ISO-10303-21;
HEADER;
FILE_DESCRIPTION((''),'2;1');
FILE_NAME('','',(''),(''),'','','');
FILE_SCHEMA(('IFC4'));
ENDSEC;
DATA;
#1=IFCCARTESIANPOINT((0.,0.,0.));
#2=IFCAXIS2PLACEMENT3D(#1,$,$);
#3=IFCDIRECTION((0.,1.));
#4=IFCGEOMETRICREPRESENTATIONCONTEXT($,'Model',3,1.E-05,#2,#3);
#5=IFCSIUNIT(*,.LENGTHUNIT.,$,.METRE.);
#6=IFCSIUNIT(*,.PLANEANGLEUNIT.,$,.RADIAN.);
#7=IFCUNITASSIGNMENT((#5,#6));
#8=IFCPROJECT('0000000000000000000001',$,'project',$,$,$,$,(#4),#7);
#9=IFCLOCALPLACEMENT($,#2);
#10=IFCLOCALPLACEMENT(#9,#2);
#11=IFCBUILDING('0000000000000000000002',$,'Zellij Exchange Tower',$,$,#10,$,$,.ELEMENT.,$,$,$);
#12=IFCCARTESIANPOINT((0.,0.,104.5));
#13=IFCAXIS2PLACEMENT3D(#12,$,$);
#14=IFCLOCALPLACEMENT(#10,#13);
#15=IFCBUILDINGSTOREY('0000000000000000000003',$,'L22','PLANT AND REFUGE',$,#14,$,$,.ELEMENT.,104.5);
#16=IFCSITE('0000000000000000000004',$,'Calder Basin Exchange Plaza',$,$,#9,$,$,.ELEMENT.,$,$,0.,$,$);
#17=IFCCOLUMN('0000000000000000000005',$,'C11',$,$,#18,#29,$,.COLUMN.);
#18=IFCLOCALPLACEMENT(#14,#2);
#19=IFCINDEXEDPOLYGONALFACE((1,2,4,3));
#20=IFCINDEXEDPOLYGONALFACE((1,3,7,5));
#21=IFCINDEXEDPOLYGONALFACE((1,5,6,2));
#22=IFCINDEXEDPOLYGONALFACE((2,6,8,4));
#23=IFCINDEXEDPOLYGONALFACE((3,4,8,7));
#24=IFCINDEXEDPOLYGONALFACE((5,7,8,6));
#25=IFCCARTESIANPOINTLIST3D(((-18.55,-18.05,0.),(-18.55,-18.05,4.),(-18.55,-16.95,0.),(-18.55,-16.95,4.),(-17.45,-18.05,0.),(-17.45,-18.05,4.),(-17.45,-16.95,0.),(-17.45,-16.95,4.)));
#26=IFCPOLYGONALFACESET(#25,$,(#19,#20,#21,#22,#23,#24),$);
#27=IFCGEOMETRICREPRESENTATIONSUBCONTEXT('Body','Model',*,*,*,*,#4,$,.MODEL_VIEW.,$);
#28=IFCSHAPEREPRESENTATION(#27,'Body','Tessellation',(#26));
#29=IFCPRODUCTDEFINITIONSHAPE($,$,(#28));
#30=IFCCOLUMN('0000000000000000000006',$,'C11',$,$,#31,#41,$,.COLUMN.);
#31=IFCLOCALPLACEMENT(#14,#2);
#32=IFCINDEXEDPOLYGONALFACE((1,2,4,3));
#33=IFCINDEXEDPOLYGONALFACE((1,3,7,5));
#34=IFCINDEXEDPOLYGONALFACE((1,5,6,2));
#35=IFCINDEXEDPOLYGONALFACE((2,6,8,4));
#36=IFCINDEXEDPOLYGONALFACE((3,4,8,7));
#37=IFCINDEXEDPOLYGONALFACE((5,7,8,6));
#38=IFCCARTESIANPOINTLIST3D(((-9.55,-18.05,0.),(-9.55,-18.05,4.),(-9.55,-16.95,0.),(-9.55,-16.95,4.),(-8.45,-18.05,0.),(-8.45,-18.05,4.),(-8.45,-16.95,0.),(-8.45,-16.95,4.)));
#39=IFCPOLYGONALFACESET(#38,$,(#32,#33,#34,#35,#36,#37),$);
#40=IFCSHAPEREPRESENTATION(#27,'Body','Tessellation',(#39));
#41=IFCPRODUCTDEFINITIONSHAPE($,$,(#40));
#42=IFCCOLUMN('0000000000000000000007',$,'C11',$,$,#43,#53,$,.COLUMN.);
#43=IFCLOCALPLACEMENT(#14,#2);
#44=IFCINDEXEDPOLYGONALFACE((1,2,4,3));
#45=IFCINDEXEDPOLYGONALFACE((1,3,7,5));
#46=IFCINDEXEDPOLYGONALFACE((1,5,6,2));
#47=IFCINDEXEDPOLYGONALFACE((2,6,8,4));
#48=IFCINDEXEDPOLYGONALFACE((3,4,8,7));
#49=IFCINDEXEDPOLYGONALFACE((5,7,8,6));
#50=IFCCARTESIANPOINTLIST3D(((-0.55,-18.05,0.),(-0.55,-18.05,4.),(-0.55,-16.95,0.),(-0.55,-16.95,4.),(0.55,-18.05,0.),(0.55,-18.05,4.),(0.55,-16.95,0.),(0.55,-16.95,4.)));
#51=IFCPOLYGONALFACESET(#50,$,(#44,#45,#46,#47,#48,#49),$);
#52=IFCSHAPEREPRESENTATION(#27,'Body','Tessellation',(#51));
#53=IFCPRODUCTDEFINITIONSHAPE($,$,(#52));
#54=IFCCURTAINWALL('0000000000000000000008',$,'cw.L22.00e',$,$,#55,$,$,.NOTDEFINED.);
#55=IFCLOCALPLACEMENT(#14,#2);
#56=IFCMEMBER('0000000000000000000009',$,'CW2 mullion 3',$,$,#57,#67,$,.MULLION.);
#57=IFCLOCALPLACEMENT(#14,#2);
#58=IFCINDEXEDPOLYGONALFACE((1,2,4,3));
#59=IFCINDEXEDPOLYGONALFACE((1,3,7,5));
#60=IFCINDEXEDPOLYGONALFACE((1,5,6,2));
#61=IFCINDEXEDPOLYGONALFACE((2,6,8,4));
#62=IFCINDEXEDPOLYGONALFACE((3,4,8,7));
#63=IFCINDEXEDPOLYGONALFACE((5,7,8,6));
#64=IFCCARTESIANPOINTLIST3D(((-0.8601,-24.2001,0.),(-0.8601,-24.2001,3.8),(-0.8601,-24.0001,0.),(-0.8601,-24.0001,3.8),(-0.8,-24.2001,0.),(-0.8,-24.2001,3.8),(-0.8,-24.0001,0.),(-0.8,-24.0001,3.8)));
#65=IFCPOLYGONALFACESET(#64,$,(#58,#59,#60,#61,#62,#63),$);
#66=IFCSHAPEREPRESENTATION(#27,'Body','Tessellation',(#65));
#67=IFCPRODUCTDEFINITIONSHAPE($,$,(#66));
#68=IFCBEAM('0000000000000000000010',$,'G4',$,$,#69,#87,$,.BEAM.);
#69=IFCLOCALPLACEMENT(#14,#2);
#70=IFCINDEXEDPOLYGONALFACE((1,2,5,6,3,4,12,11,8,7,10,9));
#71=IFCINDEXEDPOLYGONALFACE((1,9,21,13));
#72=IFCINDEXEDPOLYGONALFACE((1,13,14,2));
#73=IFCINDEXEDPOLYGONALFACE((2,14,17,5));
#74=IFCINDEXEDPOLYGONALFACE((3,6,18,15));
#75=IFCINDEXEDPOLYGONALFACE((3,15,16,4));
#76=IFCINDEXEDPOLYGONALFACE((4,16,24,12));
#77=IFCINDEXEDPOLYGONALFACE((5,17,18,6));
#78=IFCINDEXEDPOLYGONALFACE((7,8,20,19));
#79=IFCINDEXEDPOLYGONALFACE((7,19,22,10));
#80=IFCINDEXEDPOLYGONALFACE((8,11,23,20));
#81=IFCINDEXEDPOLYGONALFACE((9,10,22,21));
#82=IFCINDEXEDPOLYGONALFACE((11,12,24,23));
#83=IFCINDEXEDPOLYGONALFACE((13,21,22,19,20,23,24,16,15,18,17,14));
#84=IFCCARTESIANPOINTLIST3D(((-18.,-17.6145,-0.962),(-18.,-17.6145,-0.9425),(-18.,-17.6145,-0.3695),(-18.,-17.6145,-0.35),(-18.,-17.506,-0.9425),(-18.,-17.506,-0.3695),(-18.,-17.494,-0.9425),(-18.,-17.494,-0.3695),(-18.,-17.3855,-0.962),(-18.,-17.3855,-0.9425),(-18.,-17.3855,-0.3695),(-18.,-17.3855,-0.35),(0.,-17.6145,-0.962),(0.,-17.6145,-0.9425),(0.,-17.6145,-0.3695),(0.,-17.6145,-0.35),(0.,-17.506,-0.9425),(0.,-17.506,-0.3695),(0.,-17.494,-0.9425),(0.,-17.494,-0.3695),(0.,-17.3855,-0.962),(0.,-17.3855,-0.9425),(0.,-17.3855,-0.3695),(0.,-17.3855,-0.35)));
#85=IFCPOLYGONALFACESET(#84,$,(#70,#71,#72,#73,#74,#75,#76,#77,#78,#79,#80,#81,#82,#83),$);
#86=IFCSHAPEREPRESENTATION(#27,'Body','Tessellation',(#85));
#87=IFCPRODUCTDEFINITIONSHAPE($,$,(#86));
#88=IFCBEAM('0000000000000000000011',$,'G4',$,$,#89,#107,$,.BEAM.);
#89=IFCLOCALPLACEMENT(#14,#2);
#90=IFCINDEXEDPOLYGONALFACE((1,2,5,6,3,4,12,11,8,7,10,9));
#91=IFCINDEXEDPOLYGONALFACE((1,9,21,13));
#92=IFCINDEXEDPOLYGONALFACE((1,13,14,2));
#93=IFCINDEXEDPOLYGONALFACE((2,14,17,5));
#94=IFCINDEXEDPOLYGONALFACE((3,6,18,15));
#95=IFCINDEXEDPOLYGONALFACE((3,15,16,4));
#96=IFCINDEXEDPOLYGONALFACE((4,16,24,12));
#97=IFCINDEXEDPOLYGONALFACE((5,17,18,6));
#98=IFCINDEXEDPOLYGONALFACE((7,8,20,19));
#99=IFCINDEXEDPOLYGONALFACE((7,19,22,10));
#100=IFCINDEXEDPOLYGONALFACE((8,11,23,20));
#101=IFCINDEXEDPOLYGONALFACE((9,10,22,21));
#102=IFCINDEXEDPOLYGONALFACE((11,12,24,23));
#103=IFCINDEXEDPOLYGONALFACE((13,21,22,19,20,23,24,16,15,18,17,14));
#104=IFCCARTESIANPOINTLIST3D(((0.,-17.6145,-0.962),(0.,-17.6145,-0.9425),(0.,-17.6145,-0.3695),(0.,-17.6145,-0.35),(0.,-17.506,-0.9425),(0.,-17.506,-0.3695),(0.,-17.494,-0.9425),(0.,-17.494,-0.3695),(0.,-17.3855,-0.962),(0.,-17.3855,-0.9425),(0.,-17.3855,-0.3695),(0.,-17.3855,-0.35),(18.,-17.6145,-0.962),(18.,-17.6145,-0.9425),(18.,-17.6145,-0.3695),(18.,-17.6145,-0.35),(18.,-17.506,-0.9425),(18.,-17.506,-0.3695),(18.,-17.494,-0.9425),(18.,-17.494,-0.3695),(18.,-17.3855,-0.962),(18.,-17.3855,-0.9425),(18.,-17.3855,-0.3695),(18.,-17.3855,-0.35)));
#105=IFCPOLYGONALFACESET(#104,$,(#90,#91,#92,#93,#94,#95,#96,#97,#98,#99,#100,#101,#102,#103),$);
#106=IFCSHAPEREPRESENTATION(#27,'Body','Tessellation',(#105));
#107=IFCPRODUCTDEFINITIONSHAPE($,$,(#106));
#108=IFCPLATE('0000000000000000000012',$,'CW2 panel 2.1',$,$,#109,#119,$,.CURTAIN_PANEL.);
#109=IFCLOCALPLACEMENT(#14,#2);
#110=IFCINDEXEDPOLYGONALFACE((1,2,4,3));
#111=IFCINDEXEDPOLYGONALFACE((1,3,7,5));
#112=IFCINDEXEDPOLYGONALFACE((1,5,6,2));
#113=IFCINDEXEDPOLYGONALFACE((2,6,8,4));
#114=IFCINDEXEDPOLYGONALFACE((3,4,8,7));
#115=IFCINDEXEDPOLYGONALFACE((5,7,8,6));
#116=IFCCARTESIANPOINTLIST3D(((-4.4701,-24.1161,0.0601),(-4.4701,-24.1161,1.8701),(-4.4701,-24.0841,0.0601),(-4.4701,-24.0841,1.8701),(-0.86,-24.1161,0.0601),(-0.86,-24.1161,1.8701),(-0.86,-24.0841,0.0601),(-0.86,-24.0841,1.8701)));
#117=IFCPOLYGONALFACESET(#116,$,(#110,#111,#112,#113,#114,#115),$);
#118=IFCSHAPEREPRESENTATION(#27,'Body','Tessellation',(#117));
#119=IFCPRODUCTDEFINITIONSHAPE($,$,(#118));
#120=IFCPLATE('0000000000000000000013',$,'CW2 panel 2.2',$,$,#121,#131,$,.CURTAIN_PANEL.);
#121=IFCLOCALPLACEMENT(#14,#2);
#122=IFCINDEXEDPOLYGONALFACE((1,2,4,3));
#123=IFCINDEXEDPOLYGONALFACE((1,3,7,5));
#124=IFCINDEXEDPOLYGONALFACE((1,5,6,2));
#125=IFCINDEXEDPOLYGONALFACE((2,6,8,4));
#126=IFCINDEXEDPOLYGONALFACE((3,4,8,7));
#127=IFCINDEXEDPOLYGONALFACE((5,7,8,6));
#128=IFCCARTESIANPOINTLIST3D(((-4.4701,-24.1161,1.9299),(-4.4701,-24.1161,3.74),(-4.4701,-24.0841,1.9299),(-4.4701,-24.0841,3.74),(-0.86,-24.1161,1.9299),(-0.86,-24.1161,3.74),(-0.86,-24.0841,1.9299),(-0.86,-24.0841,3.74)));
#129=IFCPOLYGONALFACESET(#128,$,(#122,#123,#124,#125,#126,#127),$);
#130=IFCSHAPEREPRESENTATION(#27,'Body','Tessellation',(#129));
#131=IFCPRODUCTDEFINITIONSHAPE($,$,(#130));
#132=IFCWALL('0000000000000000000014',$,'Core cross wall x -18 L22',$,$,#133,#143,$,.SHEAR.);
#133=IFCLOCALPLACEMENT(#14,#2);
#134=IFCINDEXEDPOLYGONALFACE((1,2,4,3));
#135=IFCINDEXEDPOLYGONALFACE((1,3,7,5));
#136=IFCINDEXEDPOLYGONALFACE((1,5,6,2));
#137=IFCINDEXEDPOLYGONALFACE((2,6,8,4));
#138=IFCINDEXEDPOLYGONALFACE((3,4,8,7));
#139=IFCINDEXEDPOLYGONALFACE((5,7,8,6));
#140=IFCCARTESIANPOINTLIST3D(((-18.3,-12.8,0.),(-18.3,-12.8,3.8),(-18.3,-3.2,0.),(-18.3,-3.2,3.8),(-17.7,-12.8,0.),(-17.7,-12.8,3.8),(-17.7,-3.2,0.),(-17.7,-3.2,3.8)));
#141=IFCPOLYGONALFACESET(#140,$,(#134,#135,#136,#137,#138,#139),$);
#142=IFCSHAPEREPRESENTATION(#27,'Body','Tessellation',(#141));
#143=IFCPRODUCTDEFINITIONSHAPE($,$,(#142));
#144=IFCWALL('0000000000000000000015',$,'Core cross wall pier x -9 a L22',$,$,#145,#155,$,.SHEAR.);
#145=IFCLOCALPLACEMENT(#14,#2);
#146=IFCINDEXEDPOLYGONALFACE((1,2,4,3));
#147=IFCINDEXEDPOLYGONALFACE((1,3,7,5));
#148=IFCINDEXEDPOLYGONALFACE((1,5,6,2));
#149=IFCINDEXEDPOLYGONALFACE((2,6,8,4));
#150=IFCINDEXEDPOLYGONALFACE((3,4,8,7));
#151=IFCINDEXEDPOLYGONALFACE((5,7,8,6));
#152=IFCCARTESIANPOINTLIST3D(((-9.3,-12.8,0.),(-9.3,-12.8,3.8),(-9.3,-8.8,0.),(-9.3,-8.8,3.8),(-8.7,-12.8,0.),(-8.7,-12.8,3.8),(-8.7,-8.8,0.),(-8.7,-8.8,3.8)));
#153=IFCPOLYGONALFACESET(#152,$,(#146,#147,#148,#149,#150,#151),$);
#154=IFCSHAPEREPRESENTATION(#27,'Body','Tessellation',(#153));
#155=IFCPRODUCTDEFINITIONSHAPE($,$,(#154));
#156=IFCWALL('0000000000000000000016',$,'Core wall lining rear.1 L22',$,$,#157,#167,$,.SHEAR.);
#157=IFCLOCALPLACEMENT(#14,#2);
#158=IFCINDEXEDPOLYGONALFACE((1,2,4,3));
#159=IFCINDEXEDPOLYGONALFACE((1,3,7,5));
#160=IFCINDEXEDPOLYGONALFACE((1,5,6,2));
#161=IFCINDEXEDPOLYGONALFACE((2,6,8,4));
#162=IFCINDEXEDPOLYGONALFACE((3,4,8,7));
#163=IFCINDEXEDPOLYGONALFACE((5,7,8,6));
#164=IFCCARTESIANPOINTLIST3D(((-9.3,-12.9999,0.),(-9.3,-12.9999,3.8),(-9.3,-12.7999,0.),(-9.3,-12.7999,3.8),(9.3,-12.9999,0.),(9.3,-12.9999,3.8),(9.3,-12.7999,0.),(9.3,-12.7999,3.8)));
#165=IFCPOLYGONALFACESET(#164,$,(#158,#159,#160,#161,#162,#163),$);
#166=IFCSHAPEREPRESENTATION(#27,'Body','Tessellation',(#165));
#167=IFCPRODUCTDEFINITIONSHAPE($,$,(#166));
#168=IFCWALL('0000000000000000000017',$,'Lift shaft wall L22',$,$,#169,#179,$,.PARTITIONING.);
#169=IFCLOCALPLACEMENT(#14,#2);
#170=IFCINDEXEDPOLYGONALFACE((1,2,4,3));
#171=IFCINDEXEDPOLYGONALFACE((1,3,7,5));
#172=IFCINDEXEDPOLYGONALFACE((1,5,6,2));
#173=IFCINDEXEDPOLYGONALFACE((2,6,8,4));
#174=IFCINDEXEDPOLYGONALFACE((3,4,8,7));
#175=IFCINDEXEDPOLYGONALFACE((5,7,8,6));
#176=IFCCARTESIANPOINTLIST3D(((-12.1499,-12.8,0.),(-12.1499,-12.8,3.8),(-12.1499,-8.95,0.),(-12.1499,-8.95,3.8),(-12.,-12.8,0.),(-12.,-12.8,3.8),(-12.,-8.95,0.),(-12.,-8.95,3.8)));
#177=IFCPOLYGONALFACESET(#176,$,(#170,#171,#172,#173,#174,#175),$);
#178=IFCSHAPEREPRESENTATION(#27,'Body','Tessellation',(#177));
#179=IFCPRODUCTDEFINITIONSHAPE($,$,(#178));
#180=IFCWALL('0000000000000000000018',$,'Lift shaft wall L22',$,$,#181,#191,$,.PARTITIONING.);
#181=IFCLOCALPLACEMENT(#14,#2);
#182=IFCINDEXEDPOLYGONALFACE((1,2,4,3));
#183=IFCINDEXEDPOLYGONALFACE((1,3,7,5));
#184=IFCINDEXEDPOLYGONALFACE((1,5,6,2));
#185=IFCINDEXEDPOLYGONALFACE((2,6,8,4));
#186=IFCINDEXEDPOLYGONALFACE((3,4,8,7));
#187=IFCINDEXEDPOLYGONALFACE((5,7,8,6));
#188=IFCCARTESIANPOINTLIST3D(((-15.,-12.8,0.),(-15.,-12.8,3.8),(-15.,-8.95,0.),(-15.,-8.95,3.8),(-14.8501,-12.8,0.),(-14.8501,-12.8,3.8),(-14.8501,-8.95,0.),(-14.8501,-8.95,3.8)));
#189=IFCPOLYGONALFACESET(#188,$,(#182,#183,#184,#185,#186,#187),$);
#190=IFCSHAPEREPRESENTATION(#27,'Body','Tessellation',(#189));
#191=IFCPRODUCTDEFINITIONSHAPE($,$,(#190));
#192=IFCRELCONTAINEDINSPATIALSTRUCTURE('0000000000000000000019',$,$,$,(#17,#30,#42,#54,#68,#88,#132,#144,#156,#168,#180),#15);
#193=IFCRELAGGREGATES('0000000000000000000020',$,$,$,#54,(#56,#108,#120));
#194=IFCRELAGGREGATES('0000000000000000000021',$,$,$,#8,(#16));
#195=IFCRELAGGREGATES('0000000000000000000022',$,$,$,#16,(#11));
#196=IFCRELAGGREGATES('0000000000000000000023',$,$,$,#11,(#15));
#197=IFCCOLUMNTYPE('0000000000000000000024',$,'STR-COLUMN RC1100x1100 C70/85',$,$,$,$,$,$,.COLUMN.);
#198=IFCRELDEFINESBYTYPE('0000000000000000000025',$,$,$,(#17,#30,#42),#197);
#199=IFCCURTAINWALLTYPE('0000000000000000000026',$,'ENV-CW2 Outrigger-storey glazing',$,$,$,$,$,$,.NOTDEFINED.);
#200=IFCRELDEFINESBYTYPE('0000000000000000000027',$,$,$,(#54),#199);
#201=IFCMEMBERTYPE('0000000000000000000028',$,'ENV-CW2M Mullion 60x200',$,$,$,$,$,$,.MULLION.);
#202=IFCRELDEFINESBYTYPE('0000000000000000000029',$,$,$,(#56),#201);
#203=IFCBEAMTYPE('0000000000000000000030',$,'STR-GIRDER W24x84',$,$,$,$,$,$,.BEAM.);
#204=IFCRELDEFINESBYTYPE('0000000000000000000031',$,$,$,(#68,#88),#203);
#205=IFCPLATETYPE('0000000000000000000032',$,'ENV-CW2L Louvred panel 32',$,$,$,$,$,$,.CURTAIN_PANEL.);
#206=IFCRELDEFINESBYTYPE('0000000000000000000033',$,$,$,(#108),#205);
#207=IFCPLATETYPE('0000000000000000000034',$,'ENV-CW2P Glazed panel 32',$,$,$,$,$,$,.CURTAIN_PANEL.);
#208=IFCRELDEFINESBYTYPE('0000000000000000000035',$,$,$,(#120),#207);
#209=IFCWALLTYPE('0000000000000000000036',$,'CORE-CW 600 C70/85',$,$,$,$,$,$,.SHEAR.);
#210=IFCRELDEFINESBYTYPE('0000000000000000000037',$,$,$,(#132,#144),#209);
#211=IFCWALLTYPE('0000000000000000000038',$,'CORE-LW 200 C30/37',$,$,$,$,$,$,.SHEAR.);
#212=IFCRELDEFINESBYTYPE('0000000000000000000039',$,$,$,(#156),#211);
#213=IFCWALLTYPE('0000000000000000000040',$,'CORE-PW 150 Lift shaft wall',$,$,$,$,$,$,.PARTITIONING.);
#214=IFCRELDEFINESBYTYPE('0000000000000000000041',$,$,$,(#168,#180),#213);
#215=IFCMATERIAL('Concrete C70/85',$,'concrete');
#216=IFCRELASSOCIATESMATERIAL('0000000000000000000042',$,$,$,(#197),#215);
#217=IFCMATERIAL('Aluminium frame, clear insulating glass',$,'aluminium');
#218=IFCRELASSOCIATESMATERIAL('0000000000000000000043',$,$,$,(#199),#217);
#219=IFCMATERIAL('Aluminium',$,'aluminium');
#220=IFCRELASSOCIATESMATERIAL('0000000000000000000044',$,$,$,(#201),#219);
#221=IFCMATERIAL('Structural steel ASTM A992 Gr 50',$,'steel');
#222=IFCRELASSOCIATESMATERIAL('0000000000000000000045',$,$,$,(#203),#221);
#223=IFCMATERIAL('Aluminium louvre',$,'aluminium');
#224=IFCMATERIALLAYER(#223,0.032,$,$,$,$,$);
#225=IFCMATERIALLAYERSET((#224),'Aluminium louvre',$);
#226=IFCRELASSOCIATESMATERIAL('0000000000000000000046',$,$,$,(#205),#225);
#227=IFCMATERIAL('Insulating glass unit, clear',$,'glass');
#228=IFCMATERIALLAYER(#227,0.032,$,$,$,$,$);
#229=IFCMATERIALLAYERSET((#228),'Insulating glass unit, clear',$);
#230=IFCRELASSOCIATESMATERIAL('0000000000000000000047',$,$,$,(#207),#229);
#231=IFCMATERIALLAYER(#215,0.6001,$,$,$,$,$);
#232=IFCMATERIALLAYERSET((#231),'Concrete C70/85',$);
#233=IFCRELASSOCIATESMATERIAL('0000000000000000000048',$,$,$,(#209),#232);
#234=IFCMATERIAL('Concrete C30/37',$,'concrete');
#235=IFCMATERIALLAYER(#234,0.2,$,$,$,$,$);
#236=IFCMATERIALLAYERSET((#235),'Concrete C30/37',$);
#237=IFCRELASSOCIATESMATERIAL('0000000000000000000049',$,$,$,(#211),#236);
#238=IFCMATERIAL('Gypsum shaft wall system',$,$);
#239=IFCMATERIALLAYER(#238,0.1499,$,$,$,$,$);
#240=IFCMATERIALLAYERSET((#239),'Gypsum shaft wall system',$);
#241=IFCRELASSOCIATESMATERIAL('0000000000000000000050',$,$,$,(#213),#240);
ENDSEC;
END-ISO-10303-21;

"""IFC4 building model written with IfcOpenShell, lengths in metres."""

from ifc_helpers import new_model, si_unit, direction, frame, frame_2d, origin, origin_2d, place, context, subcontext, project, spatial, rectangle, i_section, extrude, material, layer, layer_set, material_profile, profile_set, type_object, element, aggregate, save


model = new_model("IFC4")

# Units and contexts
model_context = context("Model", 3, precision=1e-05, world=origin(), true_north=direction((0.0, 1.0)))
body_context = subcontext(model_context, "Body", "Model", "MODEL_VIEW")
ifc_project = project(units=[si_unit("LENGTHUNIT", "METRE"), si_unit("PLANEANGLEUNIT", "RADIAN")], contexts=[model_context])

# Site, building, storey
site_placement = place(None, origin())
site = spatial("IfcSite", under=ifc_project, at=site_placement, Name="Calder Basin Exchange Plaza", CompositionType="ELEMENT", RefElevation=0.0)
building_placement = place(site_placement, origin())
building = spatial("IfcBuilding", under=site, at=building_placement, Name="Zellij Exchange Tower", CompositionType="ELEMENT")
storey_placement = place(building_placement, frame((0.0, 0.0, 104.5)))
storey = spatial("IfcBuildingStorey", under=building, at=storey_placement, Name="L22", Description="PLANT AND REFUGE", CompositionType="ELEMENT", Elevation=104.5)

# Columns
ifc_material_1 = material(Name="Concrete C70/85", Category="concrete")
ifc_material_profile_1 = material_profile(ifc_material_1, rectangle(XDim=1.1001, YDim=1.1001, at=origin_2d()), Name="STR-COLUMN RC1100x1100 C70/85")
ifc_profile_set_1 = profile_set([ifc_material_profile_1], Name="Concrete C70/85")
column_type = type_object("IfcColumnType", Name="STR-COLUMN RC1100x1100 C70/85", PredefinedType="COLUMN", material=ifc_profile_set_1)
for number, where, z_axis, x_axis, name in (
    (1, (-18.0, -17.5, 0.0), (0.0, 0.0, 1.0), (1.0, 0.0, 0.0), "C11"),
    (2, (-9.0, -17.5, 0.0), (0.0, 0.0, 1.0), (1.0, 0.0, 0.0), "C11"),
    (3, (0.0, -17.5, 0.0), (0.0, 0.0, 1.0), (1.0, 0.0, 0.0), "C11"),
):
    element("IfcColumn", number, at=place(storey_placement, frame(where, z_axis=z_axis, x_axis=x_axis)), inside=storey, type_object=column_type, Name=name, PredefinedType="COLUMN", context=body_context, shape_type="SweptSolid", body=[
        extrude(rectangle(XDim=1.1001, YDim=1.1001, at=origin_2d()), origin(), (0.0, 0.0, 1.0), 4.0),
    ])

# Curtain wall, member
ifc_material_2 = material(Name="Aluminium frame, clear insulating glass", Category="aluminium")
curtain_wall_type = type_object("IfcCurtainWallType", Name="ENV-CW2 Outrigger-storey glazing", PredefinedType="NOTDEFINED", material=ifc_material_2)
curtain_wall_placement = place(storey_placement, origin())
curtain_wall = element("IfcCurtainWall", 4, at=curtain_wall_placement, inside=storey, type_object=curtain_wall_type, Name="cw.L22.00e", PredefinedType="NOTDEFINED")
ifc_material_3 = material(Name="Aluminium", Category="aluminium")
ifc_material_profile_2 = material_profile(ifc_material_3, rectangle(XDim=0.0601, YDim=0.2, at=origin_2d()), Name="AL 60x200")
ifc_profile_set_2 = profile_set([ifc_material_profile_2], Name="Aluminium")
member_type = type_object("IfcMemberType", Name="ENV-CW2M Mullion 60x200", PredefinedType="MULLION", material=ifc_profile_set_2)
member_placement = place(storey_placement, frame((-0.8301, -24.1001, 0.0), z_axis=(0.0, 0.0, 1.0), x_axis=(1.0, 0.0, 0.0)))
member = element("IfcMember", 5, at=member_placement, type_object=member_type, Name="CW2 mullion 3", PredefinedType="MULLION", context=body_context, shape_type="SweptSolid", body=[
    extrude(rectangle(XDim=0.0601, YDim=0.2, at=origin_2d()), origin(), (0.0, 0.0, 1.0), 3.8),
])

# Beams
ifc_material_4 = material(Name="Structural steel ASTM A992 Gr 50", Category="steel")
ifc_material_profile_3 = material_profile(ifc_material_4, i_section(OverallWidth=0.229, OverallDepth=0.6121, WebThickness=0.012, FlangeThickness=0.0195, at=origin_2d()), Name="W24x84")
ifc_profile_set_3 = profile_set([ifc_material_profile_3], Name="Structural steel ASTM A992 Gr 50")
beam_type = type_object("IfcBeamType", Name="STR-GIRDER W24x84", PredefinedType="BEAM", material=ifc_profile_set_3)
for number, where, z_axis, x_axis, name in (
    (6, (-18.0, -17.5, -0.656), (1.0, 0.0, 0.0), (0.0, 1.0, 0.0), "G4"),
    (7, (0.0, -17.5, -0.656), (1.0, 0.0, 0.0), (0.0, 1.0, 0.0), "G4"),
):
    element("IfcBeam", number, at=place(storey_placement, frame(where, z_axis=z_axis, x_axis=x_axis)), inside=storey, type_object=beam_type, Name=name, PredefinedType="BEAM", context=body_context, shape_type="SweptSolid", body=[
        extrude(i_section(OverallWidth=0.229, OverallDepth=0.6121, WebThickness=0.012, FlangeThickness=0.0195, at=origin_2d()), origin(), (0.0, 0.0, 1.0), 18.0),
    ])

# Plates
ifc_material_5 = material(Name="Aluminium louvre", Category="aluminium")
ifc_layer_1 = layer(ifc_material_5, 0.032)
ifc_layer_set_1 = layer_set([ifc_layer_1], Name="Aluminium louvre")
plate_type_1 = type_object("IfcPlateType", Name="ENV-CW2L Louvred panel 32", PredefinedType="CURTAIN_PANEL", material=ifc_layer_set_1)
plate_1_placement = place(storey_placement, frame((-2.665, -24.1001, 0.0601), z_axis=(0.0, 0.0, 1.0), x_axis=(1.0, 0.0, 0.0)))
plate_1 = element("IfcPlate", 8, at=plate_1_placement, type_object=plate_type_1, Name="CW2 panel 2.1", PredefinedType="CURTAIN_PANEL", context=body_context, shape_type="SweptSolid", body=[
    extrude(rectangle(XDim=3.6101, YDim=0.032, at=origin_2d()), origin(), (0.0, 0.0, 1.0), 1.8101),
])
ifc_material_6 = material(Name="Insulating glass unit, clear", Category="glass")
ifc_layer_2 = layer(ifc_material_6, 0.032)
ifc_layer_set_2 = layer_set([ifc_layer_2], Name="Insulating glass unit, clear")
plate_type_2 = type_object("IfcPlateType", Name="ENV-CW2P Glazed panel 32", PredefinedType="CURTAIN_PANEL", material=ifc_layer_set_2)
plate_2_placement = place(storey_placement, frame((-2.665, -24.1001, 1.9299), z_axis=(0.0, 0.0, 1.0), x_axis=(1.0, 0.0, 0.0)))
plate_2 = element("IfcPlate", 9, at=plate_2_placement, type_object=plate_type_2, Name="CW2 panel 2.2", PredefinedType="CURTAIN_PANEL", context=body_context, shape_type="SweptSolid", body=[
    extrude(rectangle(XDim=3.6101, YDim=0.032, at=origin_2d()), origin(), (0.0, 0.0, 1.0), 1.8101),
])
aggregate(curtain_wall, [member, plate_1, plate_2])

# Walls
ifc_layer_3 = layer(ifc_material_1, 0.6001)
ifc_layer_set_3 = layer_set([ifc_layer_3], Name="Concrete C70/85")
wall_type_1 = type_object("IfcWallType", Name="CORE-CW 600 C70/85", PredefinedType="SHEAR", material=ifc_layer_set_3)
wall_1_placement = place(storey_placement, frame((-18.0, -12.8, 0.0), z_axis=(0.0, 0.0, 1.0), x_axis=(0.0, 1.0, 0.0)))
element("IfcWall", 10, at=wall_1_placement, inside=storey, type_object=wall_type_1, Name="Core cross wall x -18 L22", PredefinedType="SHEAR", context=body_context, shape_type="SweptSolid", body=[
    extrude(rectangle(XDim=9.6001, YDim=0.6001, at=frame_2d((4.8, 0.0))), origin(), (0.0, 0.0, 1.0), 3.8),
])
wall_2_placement = place(storey_placement, frame((-9.0, -12.8, 0.0), z_axis=(0.0, 0.0, 1.0), x_axis=(0.0, 1.0, 0.0)))
element("IfcWall", 11, at=wall_2_placement, inside=storey, type_object=wall_type_1, Name="Core cross wall pier x -9 a L22", PredefinedType="SHEAR", context=body_context, shape_type="SweptSolid", body=[
    extrude(rectangle(XDim=4.0, YDim=0.6001, at=frame_2d((2.0, 0.0))), origin(), (0.0, 0.0, 1.0), 3.8),
])
ifc_material_7 = material(Name="Concrete C30/37", Category="concrete")
ifc_layer_4 = layer(ifc_material_7, 0.2)
ifc_layer_set_4 = layer_set([ifc_layer_4], Name="Concrete C30/37")
wall_type_2 = type_object("IfcWallType", Name="CORE-LW 200 C30/37", PredefinedType="SHEAR", material=ifc_layer_set_4)
wall_3_placement = place(storey_placement, frame((-9.3, -12.8999, 0.0), z_axis=(0.0, 0.0, 1.0), x_axis=(1.0, 0.0, 0.0)))
element("IfcWall", 12, at=wall_3_placement, inside=storey, type_object=wall_type_2, Name="Core wall lining rear.1 L22", PredefinedType="SHEAR", context=body_context, shape_type="SweptSolid", body=[
    extrude(rectangle(XDim=18.6001, YDim=0.2, at=frame_2d((9.3, 0.0))), origin(), (0.0, 0.0, 1.0), 3.8),
])
ifc_material_8 = material(Name="Gypsum shaft wall system")
ifc_layer_5 = layer(ifc_material_8, 0.1499)
ifc_layer_set_5 = layer_set([ifc_layer_5], Name="Gypsum shaft wall system")
wall_type_3 = type_object("IfcWallType", Name="CORE-PW 150 Lift shaft wall", PredefinedType="PARTITIONING", material=ifc_layer_set_5)
for number, where, z_axis, x_axis, name in (
    (13, (-12.075, -12.8, 0.0), (0.0, 0.0, 1.0), (0.0, 1.0, 0.0), "Lift shaft wall L22"),
    (14, (-14.925, -12.8, 0.0), (0.0, 0.0, 1.0), (0.0, 1.0, 0.0), "Lift shaft wall L22"),
):
    element("IfcWall", number, at=place(storey_placement, frame(where, z_axis=z_axis, x_axis=x_axis)), inside=storey, type_object=wall_type_3, Name=name, PredefinedType="PARTITIONING", context=body_context, shape_type="SweptSolid", body=[
        extrude(rectangle(XDim=3.8501, YDim=0.1499, at=frame_2d((1.925, 0.0))), origin(), (0.0, 0.0, 1.0), 3.8),
    ])

save(model, "model.ifc")
